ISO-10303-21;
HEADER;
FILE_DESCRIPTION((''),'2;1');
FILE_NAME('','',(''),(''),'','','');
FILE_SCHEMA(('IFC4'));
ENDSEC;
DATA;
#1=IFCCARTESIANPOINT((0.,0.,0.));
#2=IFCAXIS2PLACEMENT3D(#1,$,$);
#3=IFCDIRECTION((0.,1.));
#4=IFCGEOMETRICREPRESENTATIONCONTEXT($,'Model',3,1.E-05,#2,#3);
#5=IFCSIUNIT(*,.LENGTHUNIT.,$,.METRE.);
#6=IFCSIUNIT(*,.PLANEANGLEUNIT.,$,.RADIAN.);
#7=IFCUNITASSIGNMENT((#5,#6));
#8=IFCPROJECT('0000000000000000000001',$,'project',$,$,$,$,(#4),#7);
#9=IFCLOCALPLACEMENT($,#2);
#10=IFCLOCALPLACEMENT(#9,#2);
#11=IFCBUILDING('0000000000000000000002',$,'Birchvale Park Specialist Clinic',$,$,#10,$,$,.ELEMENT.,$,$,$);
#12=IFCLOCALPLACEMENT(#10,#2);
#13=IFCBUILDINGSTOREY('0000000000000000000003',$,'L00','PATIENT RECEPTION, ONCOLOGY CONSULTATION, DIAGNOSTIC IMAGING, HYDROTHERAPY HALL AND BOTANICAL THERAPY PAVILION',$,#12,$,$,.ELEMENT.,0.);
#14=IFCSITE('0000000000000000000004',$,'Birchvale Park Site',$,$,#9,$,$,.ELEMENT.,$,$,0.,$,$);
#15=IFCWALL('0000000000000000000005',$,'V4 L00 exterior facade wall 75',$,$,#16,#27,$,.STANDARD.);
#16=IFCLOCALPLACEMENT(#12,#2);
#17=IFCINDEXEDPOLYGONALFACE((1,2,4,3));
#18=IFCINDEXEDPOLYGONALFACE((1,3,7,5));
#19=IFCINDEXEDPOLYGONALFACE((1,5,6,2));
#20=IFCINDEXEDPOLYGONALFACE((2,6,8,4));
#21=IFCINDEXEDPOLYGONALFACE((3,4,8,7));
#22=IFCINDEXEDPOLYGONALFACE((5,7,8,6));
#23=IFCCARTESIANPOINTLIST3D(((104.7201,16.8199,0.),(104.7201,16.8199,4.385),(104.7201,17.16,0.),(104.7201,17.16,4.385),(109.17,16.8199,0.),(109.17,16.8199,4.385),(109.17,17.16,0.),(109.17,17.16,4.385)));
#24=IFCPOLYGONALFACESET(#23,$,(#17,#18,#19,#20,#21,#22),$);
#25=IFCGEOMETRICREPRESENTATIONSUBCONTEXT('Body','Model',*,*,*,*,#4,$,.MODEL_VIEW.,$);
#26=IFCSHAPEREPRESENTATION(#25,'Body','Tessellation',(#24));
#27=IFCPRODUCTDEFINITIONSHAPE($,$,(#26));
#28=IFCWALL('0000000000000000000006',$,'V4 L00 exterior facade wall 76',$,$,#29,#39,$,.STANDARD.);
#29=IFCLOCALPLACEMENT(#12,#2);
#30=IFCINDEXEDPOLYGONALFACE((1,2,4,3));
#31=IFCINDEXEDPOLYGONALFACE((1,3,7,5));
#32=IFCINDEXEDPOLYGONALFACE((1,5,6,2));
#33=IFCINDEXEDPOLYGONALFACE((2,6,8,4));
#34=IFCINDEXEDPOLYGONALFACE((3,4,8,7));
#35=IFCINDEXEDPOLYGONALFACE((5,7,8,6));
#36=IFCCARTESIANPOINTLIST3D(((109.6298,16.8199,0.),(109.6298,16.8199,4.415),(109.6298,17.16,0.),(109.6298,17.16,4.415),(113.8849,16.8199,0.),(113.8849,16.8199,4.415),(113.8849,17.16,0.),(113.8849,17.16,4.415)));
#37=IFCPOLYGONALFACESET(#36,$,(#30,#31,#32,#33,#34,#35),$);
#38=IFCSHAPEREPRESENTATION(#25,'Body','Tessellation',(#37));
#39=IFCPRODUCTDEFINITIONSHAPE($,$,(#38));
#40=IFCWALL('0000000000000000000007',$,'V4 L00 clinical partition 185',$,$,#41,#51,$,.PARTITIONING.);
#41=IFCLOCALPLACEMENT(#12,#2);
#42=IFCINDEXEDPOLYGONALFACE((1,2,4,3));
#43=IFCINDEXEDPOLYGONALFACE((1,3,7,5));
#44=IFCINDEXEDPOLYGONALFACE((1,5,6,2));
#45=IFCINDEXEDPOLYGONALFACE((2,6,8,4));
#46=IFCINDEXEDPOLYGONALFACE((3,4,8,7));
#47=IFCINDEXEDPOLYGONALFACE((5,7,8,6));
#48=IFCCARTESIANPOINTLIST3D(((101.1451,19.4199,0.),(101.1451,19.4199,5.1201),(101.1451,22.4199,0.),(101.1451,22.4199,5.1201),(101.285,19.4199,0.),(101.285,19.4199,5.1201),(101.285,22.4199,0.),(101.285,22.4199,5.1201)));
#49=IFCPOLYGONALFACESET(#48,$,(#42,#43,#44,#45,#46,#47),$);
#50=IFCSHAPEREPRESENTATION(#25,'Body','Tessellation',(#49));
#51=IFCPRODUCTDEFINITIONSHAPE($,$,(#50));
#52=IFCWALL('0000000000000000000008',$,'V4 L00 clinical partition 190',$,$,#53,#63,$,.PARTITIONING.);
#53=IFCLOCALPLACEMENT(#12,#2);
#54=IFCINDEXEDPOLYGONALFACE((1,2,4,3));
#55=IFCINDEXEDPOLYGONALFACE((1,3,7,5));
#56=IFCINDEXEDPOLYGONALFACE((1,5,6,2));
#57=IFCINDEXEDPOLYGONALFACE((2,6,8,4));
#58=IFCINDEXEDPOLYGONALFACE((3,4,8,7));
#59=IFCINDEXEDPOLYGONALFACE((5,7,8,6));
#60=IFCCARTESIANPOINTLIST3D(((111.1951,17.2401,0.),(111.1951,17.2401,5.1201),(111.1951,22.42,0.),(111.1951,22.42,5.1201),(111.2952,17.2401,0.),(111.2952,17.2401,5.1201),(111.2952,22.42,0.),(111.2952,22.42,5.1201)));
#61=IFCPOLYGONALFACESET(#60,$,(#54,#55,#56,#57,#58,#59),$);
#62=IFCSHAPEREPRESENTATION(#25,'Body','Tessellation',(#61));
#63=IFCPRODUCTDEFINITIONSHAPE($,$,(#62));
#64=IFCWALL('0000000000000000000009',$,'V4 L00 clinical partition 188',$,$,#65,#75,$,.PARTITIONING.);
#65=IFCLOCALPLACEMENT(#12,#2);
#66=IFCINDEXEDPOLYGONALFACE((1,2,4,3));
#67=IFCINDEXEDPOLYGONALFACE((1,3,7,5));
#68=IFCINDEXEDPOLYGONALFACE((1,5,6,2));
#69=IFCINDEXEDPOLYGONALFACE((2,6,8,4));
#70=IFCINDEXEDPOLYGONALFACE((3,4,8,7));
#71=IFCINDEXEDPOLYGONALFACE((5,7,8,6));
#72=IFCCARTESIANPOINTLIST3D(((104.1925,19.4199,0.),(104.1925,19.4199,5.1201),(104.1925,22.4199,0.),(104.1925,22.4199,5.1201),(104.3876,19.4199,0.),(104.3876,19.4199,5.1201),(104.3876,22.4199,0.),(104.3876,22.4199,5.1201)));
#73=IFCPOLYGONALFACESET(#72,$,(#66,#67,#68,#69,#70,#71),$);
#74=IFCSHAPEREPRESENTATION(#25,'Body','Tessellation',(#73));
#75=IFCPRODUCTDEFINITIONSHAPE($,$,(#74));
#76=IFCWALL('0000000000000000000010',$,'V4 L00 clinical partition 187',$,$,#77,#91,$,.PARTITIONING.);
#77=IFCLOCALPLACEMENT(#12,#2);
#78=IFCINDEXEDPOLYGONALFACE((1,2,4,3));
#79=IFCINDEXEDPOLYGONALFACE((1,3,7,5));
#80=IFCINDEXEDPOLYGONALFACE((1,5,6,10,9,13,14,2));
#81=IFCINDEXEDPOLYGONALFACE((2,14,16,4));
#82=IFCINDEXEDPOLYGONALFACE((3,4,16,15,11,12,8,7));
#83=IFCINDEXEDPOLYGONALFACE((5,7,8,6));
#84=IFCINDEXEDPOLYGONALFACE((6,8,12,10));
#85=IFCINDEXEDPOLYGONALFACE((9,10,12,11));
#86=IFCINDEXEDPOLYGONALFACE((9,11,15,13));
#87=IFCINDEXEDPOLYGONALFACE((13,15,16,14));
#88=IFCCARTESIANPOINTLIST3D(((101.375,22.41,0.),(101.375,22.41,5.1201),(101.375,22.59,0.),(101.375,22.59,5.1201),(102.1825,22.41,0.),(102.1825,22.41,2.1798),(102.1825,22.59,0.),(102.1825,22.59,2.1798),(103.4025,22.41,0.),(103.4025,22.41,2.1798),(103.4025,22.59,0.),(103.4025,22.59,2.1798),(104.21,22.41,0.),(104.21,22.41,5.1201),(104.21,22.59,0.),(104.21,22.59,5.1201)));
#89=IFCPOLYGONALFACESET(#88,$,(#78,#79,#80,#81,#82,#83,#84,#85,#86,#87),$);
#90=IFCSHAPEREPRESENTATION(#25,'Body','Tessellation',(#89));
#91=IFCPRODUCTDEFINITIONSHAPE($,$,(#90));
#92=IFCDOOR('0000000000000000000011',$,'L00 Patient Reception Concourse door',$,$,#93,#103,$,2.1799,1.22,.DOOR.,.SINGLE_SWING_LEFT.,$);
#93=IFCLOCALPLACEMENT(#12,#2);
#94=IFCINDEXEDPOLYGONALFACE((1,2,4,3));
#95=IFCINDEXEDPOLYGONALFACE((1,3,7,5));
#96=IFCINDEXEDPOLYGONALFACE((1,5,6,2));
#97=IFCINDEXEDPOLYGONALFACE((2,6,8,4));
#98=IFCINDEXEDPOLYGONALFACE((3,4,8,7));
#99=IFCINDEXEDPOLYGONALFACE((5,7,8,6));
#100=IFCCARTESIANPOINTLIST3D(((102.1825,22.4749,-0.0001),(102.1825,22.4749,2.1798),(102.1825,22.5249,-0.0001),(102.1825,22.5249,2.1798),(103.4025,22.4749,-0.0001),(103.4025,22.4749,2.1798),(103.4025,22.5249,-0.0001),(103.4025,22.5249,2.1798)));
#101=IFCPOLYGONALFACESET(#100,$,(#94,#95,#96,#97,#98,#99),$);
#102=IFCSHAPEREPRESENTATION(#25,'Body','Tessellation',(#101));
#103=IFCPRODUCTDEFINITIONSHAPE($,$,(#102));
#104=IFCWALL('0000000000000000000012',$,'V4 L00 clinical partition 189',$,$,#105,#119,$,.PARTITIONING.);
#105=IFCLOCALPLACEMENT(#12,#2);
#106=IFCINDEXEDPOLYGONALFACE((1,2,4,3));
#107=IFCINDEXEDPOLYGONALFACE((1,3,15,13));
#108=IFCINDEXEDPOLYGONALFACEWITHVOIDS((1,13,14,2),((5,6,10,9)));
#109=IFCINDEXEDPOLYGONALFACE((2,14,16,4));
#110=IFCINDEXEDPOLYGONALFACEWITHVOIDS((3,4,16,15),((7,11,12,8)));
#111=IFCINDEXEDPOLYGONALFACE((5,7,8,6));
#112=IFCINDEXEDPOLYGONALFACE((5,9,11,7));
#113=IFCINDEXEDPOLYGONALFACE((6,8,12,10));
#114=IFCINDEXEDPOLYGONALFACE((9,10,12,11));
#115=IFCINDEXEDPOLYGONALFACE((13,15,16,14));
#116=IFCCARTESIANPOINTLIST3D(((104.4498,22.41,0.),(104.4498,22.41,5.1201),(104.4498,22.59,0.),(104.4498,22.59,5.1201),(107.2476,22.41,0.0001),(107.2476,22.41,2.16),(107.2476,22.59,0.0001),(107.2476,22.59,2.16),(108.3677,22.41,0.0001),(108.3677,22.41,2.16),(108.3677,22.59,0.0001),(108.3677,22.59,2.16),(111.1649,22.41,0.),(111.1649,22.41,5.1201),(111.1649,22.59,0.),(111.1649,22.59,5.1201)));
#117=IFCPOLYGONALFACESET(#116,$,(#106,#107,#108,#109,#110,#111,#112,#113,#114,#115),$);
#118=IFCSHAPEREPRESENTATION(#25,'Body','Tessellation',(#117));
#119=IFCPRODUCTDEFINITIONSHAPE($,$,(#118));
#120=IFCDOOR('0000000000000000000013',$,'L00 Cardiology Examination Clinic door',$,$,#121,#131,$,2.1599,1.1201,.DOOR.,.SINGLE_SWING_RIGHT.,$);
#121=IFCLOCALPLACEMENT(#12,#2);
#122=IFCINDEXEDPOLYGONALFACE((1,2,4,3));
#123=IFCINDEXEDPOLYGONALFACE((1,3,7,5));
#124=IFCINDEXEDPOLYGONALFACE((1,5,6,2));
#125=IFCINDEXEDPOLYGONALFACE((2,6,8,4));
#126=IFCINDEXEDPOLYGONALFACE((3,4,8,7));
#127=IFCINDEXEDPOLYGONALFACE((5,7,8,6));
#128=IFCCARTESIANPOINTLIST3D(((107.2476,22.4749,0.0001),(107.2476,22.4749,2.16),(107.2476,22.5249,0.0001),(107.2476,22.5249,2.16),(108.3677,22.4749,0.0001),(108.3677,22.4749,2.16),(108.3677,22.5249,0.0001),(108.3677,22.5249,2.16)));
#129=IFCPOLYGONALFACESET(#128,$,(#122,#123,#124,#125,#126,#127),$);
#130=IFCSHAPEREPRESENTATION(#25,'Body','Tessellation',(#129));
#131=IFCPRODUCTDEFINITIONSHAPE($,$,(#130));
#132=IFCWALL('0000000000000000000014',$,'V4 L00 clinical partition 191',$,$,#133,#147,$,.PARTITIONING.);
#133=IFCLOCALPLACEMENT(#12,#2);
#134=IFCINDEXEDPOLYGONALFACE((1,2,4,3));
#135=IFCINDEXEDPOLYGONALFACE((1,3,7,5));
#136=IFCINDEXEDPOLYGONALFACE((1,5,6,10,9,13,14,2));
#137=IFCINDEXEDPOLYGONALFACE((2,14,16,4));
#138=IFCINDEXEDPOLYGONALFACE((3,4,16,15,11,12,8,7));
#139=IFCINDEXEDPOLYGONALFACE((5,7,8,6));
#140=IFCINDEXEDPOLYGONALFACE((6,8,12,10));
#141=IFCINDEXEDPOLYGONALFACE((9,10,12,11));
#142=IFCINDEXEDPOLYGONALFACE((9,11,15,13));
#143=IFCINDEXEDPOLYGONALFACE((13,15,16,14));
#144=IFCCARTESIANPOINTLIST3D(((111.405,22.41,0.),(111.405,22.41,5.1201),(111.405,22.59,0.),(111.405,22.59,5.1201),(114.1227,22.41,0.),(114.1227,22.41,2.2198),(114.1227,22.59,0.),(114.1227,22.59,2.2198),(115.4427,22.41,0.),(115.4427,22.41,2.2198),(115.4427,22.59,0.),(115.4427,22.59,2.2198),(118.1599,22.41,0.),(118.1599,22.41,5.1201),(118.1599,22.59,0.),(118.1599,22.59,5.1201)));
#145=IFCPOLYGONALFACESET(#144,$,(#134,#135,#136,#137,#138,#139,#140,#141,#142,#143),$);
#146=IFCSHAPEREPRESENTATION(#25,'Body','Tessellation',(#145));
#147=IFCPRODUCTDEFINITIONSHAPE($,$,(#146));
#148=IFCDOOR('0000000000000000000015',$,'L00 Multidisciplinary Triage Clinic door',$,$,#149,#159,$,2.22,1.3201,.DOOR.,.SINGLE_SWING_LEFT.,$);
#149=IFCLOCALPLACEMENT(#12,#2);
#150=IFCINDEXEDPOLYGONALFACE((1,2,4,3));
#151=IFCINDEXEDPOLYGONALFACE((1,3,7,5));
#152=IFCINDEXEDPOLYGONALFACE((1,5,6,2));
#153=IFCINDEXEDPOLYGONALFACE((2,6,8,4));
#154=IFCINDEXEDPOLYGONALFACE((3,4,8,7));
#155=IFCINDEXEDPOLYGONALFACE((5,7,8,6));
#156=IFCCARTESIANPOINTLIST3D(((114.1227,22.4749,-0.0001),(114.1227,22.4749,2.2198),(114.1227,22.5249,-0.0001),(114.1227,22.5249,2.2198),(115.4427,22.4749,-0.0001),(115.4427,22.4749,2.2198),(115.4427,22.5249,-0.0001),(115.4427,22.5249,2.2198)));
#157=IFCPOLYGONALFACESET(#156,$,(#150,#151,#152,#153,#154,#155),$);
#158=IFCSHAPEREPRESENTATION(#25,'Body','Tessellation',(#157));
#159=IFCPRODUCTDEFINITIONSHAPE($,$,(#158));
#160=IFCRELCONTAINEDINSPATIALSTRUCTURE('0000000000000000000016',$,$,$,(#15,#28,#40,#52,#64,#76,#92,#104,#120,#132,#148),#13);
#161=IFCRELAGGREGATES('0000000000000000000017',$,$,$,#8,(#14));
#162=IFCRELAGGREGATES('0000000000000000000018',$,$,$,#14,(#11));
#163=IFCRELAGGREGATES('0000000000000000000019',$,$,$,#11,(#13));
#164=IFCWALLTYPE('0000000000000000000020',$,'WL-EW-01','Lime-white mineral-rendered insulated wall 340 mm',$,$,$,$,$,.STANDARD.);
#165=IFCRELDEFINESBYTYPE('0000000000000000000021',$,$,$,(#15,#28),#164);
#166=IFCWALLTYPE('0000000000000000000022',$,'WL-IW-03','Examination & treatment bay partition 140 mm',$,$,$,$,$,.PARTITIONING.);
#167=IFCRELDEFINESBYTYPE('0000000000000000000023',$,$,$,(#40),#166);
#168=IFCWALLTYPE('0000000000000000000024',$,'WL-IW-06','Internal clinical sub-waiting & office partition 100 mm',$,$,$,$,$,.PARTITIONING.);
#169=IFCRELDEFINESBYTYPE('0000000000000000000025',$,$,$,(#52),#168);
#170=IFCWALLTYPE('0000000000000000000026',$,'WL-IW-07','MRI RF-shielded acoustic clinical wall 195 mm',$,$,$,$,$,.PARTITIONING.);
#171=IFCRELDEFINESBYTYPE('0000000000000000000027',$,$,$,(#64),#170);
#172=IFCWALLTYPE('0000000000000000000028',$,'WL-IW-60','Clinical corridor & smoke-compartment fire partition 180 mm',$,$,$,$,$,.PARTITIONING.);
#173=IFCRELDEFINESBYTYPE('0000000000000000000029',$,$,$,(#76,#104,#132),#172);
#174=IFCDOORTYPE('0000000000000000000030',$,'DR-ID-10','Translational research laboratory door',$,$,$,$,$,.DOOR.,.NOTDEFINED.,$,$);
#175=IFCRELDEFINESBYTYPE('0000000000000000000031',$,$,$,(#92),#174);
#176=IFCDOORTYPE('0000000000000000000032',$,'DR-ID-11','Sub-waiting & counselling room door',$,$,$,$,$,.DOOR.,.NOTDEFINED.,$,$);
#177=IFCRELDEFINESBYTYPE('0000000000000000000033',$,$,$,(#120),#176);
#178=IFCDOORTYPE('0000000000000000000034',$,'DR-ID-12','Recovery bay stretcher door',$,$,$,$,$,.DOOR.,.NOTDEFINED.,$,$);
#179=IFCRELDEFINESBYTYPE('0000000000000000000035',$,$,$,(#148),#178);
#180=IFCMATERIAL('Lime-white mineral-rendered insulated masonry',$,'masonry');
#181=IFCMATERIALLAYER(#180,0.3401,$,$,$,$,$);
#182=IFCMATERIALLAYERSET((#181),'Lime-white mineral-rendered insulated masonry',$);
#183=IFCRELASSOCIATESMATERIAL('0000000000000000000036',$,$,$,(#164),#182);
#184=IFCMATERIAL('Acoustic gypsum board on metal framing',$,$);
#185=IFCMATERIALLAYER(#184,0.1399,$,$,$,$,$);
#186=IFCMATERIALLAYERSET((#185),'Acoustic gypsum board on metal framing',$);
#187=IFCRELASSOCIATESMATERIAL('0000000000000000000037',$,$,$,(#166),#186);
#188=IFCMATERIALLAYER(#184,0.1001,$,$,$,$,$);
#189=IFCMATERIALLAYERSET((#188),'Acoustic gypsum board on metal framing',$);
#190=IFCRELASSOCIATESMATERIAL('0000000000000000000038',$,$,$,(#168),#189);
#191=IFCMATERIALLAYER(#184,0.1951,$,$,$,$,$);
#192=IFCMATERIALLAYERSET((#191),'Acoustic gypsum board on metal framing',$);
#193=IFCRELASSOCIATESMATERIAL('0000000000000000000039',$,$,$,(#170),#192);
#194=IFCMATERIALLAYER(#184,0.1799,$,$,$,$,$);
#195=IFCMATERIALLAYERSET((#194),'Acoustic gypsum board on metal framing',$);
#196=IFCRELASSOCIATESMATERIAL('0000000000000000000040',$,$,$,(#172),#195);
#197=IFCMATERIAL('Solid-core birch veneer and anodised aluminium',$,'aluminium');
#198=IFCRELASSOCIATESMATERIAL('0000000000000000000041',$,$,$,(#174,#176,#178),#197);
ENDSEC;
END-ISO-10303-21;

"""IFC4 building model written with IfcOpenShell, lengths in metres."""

from ifc_helpers import new_model, si_unit, direction, frame, frame_2d, origin, place, context, subcontext, project, spatial, rectangle, extrude, material, layer, layer_set, type_object, element, fill, save


model = new_model("IFC4")

# Units and contexts
model_context = context("Model", 3, precision=1e-05, world=origin(), true_north=direction((0.0, 1.0)))
body_context = subcontext(model_context, "Body", "Model", "MODEL_VIEW")
ifc_project = project(units=[si_unit("LENGTHUNIT", "METRE"), si_unit("PLANEANGLEUNIT", "RADIAN")], contexts=[model_context])

# Site, building, storey
site_placement = place(None, origin())
site = spatial("IfcSite", under=ifc_project, at=site_placement, Name="Birchvale Park Site", CompositionType="ELEMENT", RefElevation=0.0)
building_placement = place(site_placement, origin())
building = spatial("IfcBuilding", under=site, at=building_placement, Name="Birchvale Park Specialist Clinic", CompositionType="ELEMENT")
storey_placement = place(building_placement, origin())
storey = spatial("IfcBuildingStorey", under=building, at=storey_placement, Name="L00", Description="PATIENT RECEPTION, ONCOLOGY CONSULTATION, DIAGNOSTIC IMAGING, HYDROTHERAPY HALL AND BOTANICAL THERAPY PAVILION", CompositionType="ELEMENT", Elevation=0.0)

# Walls
ifc_material_1 = material(Name="Lime-white mineral-rendered insulated masonry", Category="masonry")
ifc_layer_1 = layer(ifc_material_1, 0.3401)
ifc_layer_set_1 = layer_set([ifc_layer_1], Name="Lime-white mineral-rendered insulated masonry")
wall_type_1 = type_object("IfcWallType", Name="WL-EW-01", Description="Lime-white mineral-rendered insulated wall 340 mm", PredefinedType="STANDARD", material=ifc_layer_set_1)
wall_1_placement = place(storey_placement, frame((104.72, 16.99, 0.0), z_axis=(0.0, 0.0, 1.0), x_axis=(1.0, 0.0, 0.0)))
element("IfcWall", 1, at=wall_1_placement, inside=storey, type_object=wall_type_1, Name="V4 L00 exterior facade wall 75", PredefinedType="STANDARD", context=body_context, shape_type="SweptSolid", body=[
    extrude(rectangle(XDim=4.45, YDim=0.3401, at=frame_2d((2.2251, 0.0))), origin(), (0.0, 0.0, 1.0), 4.385),
])
wall_2_placement = place(storey_placement, frame((109.6299, 16.99, 0.0), z_axis=(0.0, 0.0, 1.0), x_axis=(1.0, 0.0, 0.0)))
element("IfcWall", 2, at=wall_2_placement, inside=storey, type_object=wall_type_1, Name="V4 L00 exterior facade wall 76", PredefinedType="STANDARD", context=body_context, shape_type="SweptSolid", body=[
    extrude(rectangle(XDim=4.2551, YDim=0.3401, at=frame_2d((2.1274, 0.0))), origin(), (0.0, 0.0, 1.0), 4.415),
])
ifc_material_2 = material(Name="Acoustic gypsum board on metal framing")
ifc_layer_2 = layer(ifc_material_2, 0.1399)
ifc_layer_set_2 = layer_set([ifc_layer_2], Name="Acoustic gypsum board on metal framing")
wall_type_2 = type_object("IfcWallType", Name="WL-IW-03", Description="Examination & treatment bay partition 140 mm", PredefinedType="PARTITIONING", material=ifc_layer_set_2)
wall_3_placement = place(storey_placement, frame((101.2151, 22.4199, 0.0), z_axis=(0.0, 0.0, 1.0), x_axis=(0.0, -1.0, 0.0)))
element("IfcWall", 3, at=wall_3_placement, inside=storey, type_object=wall_type_2, Name="V4 L00 clinical partition 185", PredefinedType="PARTITIONING", context=body_context, shape_type="SweptSolid", body=[
    extrude(rectangle(XDim=3.0, YDim=0.1399, at=frame_2d((1.5, 0.0))), origin(), (0.0, 0.0, 1.0), 5.1201),
])
ifc_layer_3 = layer(ifc_material_2, 0.1001)
ifc_layer_set_3 = layer_set([ifc_layer_3], Name="Acoustic gypsum board on metal framing")
wall_type_3 = type_object("IfcWallType", Name="WL-IW-06", Description="Internal clinical sub-waiting & office partition 100 mm", PredefinedType="PARTITIONING", material=ifc_layer_set_3)
wall_4_placement = place(storey_placement, frame((111.2451, 22.4199, 0.0), z_axis=(0.0, 0.0, 1.0), x_axis=(0.0, -1.0, 0.0)))
element("IfcWall", 4, at=wall_4_placement, inside=storey, type_object=wall_type_3, Name="V4 L00 clinical partition 190", PredefinedType="PARTITIONING", context=body_context, shape_type="SweptSolid", body=[
    extrude(rectangle(XDim=5.1799, YDim=0.1001, at=frame_2d((2.5898, 0.0))), origin(), (0.0, 0.0, 1.0), 5.1201),
])
ifc_layer_4 = layer(ifc_material_2, 0.1951)
ifc_layer_set_4 = layer_set([ifc_layer_4], Name="Acoustic gypsum board on metal framing")
wall_type_4 = type_object("IfcWallType", Name="WL-IW-07", Description="MRI RF-shielded acoustic clinical wall 195 mm", PredefinedType="PARTITIONING", material=ifc_layer_set_4)
wall_5_placement = place(storey_placement, frame((104.29, 22.4199, 0.0), z_axis=(0.0, 0.0, 1.0), x_axis=(0.0, -1.0, 0.0)))
element("IfcWall", 5, at=wall_5_placement, inside=storey, type_object=wall_type_4, Name="V4 L00 clinical partition 188", PredefinedType="PARTITIONING", context=body_context, shape_type="SweptSolid", body=[
    extrude(rectangle(XDim=3.0, YDim=0.1951, at=frame_2d((1.5, 0.0))), origin(), (0.0, 0.0, 1.0), 5.1201),
])

# Walls, openings, doors
ifc_layer_5 = layer(ifc_material_2, 0.1799)
ifc_layer_set_5 = layer_set([ifc_layer_5], Name="Acoustic gypsum board on metal framing")
wall_type_5 = type_object("IfcWallType", Name="WL-IW-60", Description="Clinical corridor & smoke-compartment fire partition 180 mm", PredefinedType="PARTITIONING", material=ifc_layer_set_5)
wall_6_placement = place(storey_placement, frame((101.375, 22.5, 0.0), z_axis=(0.0, 0.0, 1.0), x_axis=(1.0, 0.0, 0.0)))
wall_6 = element("IfcWall", 6, at=wall_6_placement, inside=storey, type_object=wall_type_5, Name="V4 L00 clinical partition 187", PredefinedType="PARTITIONING", context=body_context, shape_type="SweptSolid", body=[
    extrude(rectangle(XDim=2.835, YDim=0.1799, at=frame_2d((1.4175, 0.0))), origin(), (0.0, 0.0, 1.0), 5.1201),
])
opening_1_placement = place(wall_6_placement, frame((0.8076, 0.0, 0.0)))
opening_1 = element("IfcOpeningElement", 7, at=opening_1_placement, cuts=wall_6, PredefinedType="OPENING", context=body_context, shape_type="SweptSolid", body=[
    extrude(rectangle(XDim=1.22, YDim=2.1799, at=frame_2d((0.6099, 1.0898))), frame((0.0, 0.1001, 0.0), z_axis=(0.0, -1.0, 0.0), x_axis=(1.0, 0.0, 0.0)), (0.0, 0.0, 1.0), 0.2),
])
ifc_material_3 = material(Name="Solid-core birch veneer and anodised aluminium", Category="aluminium")
door_type_1 = type_object("IfcDoorType", Name="DR-ID-10", Description="Translational research laboratory door", OperationType="NOTDEFINED", PredefinedType="DOOR", material=ifc_material_3)
door_1_placement = place(opening_1_placement, origin())
door_1 = element("IfcDoor", 8, at=door_1_placement, inside=storey, type_object=door_type_1, Name="L00 Patient Reception Concourse door", OperationType="SINGLE_SWING_LEFT", OverallHeight=2.1799, OverallWidth=1.22, PredefinedType="DOOR", context=body_context, shape_type="SweptSolid", body=[
    extrude(rectangle(XDim=1.22, YDim=2.1799, at=frame_2d((0.6099, 1.0898))), frame((0.0, 0.0249, 0.0), z_axis=(0.0, -1.0, 0.0), x_axis=(1.0, 0.0, 0.0)), (0.0, 0.0, 1.0), 0.05),
])
fill(opening_1, door_1)
wall_7_placement = place(storey_placement, frame((104.45, 22.5, 0.0), z_axis=(0.0, 0.0, 1.0), x_axis=(1.0, 0.0, 0.0)))
wall_7 = element("IfcWall", 9, at=wall_7_placement, inside=storey, type_object=wall_type_5, Name="V4 L00 clinical partition 189", PredefinedType="PARTITIONING", context=body_context, shape_type="SweptSolid", body=[
    extrude(rectangle(XDim=6.7151, YDim=0.1799, at=frame_2d((3.3574, 0.0))), origin(), (0.0, 0.0, 1.0), 5.1201),
])
opening_2_placement = place(wall_7_placement, frame((2.7976, 0.0, 0.0)))
opening_2 = element("IfcOpeningElement", 10, at=opening_2_placement, cuts=wall_7, PredefinedType="OPENING", context=body_context, shape_type="SweptSolid", body=[
    extrude(rectangle(XDim=1.1201, YDim=2.1599, at=frame_2d((0.5601, 1.0801))), frame((0.0, 0.1001, 0.0), z_axis=(0.0, -1.0, 0.0), x_axis=(1.0, 0.0, 0.0)), (0.0, 0.0, 1.0), 0.2),
])
door_type_2 = type_object("IfcDoorType", Name="DR-ID-11", Description="Sub-waiting & counselling room door", OperationType="NOTDEFINED", PredefinedType="DOOR", material=ifc_material_3)
door_2_placement = place(opening_2_placement, origin())
door_2 = element("IfcDoor", 11, at=door_2_placement, inside=storey, type_object=door_type_2, Name="L00 Cardiology Examination Clinic door", OperationType="SINGLE_SWING_RIGHT", OverallHeight=2.1599, OverallWidth=1.1201, PredefinedType="DOOR", context=body_context, shape_type="SweptSolid", body=[
    extrude(rectangle(XDim=1.1201, YDim=2.1599, at=frame_2d((0.5601, 1.0801))), frame((0.0, 0.0249, 0.0), z_axis=(0.0, -1.0, 0.0), x_axis=(1.0, 0.0, 0.0)), (0.0, 0.0, 1.0), 0.05),
])
fill(opening_2, door_2)
wall_8_placement = place(storey_placement, frame((111.405, 22.5, 0.0), z_axis=(0.0, 0.0, 1.0), x_axis=(1.0, 0.0, 0.0)))
wall_8 = element("IfcWall", 12, at=wall_8_placement, inside=storey, type_object=wall_type_5, Name="V4 L00 clinical partition 191", PredefinedType="PARTITIONING", context=body_context, shape_type="SweptSolid", body=[
    extrude(rectangle(XDim=6.7549, YDim=0.1799, at=frame_2d((3.3774, 0.0))), origin(), (0.0, 0.0, 1.0), 5.1201),
])
opening_3_placement = place(wall_8_placement, frame((2.7175, 0.0, 0.0)))
opening_3 = element("IfcOpeningElement", 13, at=opening_3_placement, cuts=wall_8, PredefinedType="OPENING", context=body_context, shape_type="SweptSolid", body=[
    extrude(rectangle(XDim=1.3201, YDim=2.22, at=frame_2d((0.6602, 1.1099))), frame((0.0, 0.1001, 0.0), z_axis=(0.0, -1.0, 0.0), x_axis=(1.0, 0.0, 0.0)), (0.0, 0.0, 1.0), 0.2),
])
door_type_3 = type_object("IfcDoorType", Name="DR-ID-12", Description="Recovery bay stretcher door", OperationType="NOTDEFINED", PredefinedType="DOOR", material=ifc_material_3)
door_3_placement = place(opening_3_placement, origin())
door_3 = element("IfcDoor", 14, at=door_3_placement, inside=storey, type_object=door_type_3, Name="L00 Multidisciplinary Triage Clinic door", OperationType="SINGLE_SWING_LEFT", OverallHeight=2.22, OverallWidth=1.3201, PredefinedType="DOOR", context=body_context, shape_type="SweptSolid", body=[
    extrude(rectangle(XDim=1.3201, YDim=2.22, at=frame_2d((0.6602, 1.1099))), frame((0.0, 0.0249, 0.0), z_axis=(0.0, -1.0, 0.0), x_axis=(1.0, 0.0, 0.0)), (0.0, 0.0, 1.0), 0.05),
])
fill(opening_3, door_3)

save(model, "model.ifc")
